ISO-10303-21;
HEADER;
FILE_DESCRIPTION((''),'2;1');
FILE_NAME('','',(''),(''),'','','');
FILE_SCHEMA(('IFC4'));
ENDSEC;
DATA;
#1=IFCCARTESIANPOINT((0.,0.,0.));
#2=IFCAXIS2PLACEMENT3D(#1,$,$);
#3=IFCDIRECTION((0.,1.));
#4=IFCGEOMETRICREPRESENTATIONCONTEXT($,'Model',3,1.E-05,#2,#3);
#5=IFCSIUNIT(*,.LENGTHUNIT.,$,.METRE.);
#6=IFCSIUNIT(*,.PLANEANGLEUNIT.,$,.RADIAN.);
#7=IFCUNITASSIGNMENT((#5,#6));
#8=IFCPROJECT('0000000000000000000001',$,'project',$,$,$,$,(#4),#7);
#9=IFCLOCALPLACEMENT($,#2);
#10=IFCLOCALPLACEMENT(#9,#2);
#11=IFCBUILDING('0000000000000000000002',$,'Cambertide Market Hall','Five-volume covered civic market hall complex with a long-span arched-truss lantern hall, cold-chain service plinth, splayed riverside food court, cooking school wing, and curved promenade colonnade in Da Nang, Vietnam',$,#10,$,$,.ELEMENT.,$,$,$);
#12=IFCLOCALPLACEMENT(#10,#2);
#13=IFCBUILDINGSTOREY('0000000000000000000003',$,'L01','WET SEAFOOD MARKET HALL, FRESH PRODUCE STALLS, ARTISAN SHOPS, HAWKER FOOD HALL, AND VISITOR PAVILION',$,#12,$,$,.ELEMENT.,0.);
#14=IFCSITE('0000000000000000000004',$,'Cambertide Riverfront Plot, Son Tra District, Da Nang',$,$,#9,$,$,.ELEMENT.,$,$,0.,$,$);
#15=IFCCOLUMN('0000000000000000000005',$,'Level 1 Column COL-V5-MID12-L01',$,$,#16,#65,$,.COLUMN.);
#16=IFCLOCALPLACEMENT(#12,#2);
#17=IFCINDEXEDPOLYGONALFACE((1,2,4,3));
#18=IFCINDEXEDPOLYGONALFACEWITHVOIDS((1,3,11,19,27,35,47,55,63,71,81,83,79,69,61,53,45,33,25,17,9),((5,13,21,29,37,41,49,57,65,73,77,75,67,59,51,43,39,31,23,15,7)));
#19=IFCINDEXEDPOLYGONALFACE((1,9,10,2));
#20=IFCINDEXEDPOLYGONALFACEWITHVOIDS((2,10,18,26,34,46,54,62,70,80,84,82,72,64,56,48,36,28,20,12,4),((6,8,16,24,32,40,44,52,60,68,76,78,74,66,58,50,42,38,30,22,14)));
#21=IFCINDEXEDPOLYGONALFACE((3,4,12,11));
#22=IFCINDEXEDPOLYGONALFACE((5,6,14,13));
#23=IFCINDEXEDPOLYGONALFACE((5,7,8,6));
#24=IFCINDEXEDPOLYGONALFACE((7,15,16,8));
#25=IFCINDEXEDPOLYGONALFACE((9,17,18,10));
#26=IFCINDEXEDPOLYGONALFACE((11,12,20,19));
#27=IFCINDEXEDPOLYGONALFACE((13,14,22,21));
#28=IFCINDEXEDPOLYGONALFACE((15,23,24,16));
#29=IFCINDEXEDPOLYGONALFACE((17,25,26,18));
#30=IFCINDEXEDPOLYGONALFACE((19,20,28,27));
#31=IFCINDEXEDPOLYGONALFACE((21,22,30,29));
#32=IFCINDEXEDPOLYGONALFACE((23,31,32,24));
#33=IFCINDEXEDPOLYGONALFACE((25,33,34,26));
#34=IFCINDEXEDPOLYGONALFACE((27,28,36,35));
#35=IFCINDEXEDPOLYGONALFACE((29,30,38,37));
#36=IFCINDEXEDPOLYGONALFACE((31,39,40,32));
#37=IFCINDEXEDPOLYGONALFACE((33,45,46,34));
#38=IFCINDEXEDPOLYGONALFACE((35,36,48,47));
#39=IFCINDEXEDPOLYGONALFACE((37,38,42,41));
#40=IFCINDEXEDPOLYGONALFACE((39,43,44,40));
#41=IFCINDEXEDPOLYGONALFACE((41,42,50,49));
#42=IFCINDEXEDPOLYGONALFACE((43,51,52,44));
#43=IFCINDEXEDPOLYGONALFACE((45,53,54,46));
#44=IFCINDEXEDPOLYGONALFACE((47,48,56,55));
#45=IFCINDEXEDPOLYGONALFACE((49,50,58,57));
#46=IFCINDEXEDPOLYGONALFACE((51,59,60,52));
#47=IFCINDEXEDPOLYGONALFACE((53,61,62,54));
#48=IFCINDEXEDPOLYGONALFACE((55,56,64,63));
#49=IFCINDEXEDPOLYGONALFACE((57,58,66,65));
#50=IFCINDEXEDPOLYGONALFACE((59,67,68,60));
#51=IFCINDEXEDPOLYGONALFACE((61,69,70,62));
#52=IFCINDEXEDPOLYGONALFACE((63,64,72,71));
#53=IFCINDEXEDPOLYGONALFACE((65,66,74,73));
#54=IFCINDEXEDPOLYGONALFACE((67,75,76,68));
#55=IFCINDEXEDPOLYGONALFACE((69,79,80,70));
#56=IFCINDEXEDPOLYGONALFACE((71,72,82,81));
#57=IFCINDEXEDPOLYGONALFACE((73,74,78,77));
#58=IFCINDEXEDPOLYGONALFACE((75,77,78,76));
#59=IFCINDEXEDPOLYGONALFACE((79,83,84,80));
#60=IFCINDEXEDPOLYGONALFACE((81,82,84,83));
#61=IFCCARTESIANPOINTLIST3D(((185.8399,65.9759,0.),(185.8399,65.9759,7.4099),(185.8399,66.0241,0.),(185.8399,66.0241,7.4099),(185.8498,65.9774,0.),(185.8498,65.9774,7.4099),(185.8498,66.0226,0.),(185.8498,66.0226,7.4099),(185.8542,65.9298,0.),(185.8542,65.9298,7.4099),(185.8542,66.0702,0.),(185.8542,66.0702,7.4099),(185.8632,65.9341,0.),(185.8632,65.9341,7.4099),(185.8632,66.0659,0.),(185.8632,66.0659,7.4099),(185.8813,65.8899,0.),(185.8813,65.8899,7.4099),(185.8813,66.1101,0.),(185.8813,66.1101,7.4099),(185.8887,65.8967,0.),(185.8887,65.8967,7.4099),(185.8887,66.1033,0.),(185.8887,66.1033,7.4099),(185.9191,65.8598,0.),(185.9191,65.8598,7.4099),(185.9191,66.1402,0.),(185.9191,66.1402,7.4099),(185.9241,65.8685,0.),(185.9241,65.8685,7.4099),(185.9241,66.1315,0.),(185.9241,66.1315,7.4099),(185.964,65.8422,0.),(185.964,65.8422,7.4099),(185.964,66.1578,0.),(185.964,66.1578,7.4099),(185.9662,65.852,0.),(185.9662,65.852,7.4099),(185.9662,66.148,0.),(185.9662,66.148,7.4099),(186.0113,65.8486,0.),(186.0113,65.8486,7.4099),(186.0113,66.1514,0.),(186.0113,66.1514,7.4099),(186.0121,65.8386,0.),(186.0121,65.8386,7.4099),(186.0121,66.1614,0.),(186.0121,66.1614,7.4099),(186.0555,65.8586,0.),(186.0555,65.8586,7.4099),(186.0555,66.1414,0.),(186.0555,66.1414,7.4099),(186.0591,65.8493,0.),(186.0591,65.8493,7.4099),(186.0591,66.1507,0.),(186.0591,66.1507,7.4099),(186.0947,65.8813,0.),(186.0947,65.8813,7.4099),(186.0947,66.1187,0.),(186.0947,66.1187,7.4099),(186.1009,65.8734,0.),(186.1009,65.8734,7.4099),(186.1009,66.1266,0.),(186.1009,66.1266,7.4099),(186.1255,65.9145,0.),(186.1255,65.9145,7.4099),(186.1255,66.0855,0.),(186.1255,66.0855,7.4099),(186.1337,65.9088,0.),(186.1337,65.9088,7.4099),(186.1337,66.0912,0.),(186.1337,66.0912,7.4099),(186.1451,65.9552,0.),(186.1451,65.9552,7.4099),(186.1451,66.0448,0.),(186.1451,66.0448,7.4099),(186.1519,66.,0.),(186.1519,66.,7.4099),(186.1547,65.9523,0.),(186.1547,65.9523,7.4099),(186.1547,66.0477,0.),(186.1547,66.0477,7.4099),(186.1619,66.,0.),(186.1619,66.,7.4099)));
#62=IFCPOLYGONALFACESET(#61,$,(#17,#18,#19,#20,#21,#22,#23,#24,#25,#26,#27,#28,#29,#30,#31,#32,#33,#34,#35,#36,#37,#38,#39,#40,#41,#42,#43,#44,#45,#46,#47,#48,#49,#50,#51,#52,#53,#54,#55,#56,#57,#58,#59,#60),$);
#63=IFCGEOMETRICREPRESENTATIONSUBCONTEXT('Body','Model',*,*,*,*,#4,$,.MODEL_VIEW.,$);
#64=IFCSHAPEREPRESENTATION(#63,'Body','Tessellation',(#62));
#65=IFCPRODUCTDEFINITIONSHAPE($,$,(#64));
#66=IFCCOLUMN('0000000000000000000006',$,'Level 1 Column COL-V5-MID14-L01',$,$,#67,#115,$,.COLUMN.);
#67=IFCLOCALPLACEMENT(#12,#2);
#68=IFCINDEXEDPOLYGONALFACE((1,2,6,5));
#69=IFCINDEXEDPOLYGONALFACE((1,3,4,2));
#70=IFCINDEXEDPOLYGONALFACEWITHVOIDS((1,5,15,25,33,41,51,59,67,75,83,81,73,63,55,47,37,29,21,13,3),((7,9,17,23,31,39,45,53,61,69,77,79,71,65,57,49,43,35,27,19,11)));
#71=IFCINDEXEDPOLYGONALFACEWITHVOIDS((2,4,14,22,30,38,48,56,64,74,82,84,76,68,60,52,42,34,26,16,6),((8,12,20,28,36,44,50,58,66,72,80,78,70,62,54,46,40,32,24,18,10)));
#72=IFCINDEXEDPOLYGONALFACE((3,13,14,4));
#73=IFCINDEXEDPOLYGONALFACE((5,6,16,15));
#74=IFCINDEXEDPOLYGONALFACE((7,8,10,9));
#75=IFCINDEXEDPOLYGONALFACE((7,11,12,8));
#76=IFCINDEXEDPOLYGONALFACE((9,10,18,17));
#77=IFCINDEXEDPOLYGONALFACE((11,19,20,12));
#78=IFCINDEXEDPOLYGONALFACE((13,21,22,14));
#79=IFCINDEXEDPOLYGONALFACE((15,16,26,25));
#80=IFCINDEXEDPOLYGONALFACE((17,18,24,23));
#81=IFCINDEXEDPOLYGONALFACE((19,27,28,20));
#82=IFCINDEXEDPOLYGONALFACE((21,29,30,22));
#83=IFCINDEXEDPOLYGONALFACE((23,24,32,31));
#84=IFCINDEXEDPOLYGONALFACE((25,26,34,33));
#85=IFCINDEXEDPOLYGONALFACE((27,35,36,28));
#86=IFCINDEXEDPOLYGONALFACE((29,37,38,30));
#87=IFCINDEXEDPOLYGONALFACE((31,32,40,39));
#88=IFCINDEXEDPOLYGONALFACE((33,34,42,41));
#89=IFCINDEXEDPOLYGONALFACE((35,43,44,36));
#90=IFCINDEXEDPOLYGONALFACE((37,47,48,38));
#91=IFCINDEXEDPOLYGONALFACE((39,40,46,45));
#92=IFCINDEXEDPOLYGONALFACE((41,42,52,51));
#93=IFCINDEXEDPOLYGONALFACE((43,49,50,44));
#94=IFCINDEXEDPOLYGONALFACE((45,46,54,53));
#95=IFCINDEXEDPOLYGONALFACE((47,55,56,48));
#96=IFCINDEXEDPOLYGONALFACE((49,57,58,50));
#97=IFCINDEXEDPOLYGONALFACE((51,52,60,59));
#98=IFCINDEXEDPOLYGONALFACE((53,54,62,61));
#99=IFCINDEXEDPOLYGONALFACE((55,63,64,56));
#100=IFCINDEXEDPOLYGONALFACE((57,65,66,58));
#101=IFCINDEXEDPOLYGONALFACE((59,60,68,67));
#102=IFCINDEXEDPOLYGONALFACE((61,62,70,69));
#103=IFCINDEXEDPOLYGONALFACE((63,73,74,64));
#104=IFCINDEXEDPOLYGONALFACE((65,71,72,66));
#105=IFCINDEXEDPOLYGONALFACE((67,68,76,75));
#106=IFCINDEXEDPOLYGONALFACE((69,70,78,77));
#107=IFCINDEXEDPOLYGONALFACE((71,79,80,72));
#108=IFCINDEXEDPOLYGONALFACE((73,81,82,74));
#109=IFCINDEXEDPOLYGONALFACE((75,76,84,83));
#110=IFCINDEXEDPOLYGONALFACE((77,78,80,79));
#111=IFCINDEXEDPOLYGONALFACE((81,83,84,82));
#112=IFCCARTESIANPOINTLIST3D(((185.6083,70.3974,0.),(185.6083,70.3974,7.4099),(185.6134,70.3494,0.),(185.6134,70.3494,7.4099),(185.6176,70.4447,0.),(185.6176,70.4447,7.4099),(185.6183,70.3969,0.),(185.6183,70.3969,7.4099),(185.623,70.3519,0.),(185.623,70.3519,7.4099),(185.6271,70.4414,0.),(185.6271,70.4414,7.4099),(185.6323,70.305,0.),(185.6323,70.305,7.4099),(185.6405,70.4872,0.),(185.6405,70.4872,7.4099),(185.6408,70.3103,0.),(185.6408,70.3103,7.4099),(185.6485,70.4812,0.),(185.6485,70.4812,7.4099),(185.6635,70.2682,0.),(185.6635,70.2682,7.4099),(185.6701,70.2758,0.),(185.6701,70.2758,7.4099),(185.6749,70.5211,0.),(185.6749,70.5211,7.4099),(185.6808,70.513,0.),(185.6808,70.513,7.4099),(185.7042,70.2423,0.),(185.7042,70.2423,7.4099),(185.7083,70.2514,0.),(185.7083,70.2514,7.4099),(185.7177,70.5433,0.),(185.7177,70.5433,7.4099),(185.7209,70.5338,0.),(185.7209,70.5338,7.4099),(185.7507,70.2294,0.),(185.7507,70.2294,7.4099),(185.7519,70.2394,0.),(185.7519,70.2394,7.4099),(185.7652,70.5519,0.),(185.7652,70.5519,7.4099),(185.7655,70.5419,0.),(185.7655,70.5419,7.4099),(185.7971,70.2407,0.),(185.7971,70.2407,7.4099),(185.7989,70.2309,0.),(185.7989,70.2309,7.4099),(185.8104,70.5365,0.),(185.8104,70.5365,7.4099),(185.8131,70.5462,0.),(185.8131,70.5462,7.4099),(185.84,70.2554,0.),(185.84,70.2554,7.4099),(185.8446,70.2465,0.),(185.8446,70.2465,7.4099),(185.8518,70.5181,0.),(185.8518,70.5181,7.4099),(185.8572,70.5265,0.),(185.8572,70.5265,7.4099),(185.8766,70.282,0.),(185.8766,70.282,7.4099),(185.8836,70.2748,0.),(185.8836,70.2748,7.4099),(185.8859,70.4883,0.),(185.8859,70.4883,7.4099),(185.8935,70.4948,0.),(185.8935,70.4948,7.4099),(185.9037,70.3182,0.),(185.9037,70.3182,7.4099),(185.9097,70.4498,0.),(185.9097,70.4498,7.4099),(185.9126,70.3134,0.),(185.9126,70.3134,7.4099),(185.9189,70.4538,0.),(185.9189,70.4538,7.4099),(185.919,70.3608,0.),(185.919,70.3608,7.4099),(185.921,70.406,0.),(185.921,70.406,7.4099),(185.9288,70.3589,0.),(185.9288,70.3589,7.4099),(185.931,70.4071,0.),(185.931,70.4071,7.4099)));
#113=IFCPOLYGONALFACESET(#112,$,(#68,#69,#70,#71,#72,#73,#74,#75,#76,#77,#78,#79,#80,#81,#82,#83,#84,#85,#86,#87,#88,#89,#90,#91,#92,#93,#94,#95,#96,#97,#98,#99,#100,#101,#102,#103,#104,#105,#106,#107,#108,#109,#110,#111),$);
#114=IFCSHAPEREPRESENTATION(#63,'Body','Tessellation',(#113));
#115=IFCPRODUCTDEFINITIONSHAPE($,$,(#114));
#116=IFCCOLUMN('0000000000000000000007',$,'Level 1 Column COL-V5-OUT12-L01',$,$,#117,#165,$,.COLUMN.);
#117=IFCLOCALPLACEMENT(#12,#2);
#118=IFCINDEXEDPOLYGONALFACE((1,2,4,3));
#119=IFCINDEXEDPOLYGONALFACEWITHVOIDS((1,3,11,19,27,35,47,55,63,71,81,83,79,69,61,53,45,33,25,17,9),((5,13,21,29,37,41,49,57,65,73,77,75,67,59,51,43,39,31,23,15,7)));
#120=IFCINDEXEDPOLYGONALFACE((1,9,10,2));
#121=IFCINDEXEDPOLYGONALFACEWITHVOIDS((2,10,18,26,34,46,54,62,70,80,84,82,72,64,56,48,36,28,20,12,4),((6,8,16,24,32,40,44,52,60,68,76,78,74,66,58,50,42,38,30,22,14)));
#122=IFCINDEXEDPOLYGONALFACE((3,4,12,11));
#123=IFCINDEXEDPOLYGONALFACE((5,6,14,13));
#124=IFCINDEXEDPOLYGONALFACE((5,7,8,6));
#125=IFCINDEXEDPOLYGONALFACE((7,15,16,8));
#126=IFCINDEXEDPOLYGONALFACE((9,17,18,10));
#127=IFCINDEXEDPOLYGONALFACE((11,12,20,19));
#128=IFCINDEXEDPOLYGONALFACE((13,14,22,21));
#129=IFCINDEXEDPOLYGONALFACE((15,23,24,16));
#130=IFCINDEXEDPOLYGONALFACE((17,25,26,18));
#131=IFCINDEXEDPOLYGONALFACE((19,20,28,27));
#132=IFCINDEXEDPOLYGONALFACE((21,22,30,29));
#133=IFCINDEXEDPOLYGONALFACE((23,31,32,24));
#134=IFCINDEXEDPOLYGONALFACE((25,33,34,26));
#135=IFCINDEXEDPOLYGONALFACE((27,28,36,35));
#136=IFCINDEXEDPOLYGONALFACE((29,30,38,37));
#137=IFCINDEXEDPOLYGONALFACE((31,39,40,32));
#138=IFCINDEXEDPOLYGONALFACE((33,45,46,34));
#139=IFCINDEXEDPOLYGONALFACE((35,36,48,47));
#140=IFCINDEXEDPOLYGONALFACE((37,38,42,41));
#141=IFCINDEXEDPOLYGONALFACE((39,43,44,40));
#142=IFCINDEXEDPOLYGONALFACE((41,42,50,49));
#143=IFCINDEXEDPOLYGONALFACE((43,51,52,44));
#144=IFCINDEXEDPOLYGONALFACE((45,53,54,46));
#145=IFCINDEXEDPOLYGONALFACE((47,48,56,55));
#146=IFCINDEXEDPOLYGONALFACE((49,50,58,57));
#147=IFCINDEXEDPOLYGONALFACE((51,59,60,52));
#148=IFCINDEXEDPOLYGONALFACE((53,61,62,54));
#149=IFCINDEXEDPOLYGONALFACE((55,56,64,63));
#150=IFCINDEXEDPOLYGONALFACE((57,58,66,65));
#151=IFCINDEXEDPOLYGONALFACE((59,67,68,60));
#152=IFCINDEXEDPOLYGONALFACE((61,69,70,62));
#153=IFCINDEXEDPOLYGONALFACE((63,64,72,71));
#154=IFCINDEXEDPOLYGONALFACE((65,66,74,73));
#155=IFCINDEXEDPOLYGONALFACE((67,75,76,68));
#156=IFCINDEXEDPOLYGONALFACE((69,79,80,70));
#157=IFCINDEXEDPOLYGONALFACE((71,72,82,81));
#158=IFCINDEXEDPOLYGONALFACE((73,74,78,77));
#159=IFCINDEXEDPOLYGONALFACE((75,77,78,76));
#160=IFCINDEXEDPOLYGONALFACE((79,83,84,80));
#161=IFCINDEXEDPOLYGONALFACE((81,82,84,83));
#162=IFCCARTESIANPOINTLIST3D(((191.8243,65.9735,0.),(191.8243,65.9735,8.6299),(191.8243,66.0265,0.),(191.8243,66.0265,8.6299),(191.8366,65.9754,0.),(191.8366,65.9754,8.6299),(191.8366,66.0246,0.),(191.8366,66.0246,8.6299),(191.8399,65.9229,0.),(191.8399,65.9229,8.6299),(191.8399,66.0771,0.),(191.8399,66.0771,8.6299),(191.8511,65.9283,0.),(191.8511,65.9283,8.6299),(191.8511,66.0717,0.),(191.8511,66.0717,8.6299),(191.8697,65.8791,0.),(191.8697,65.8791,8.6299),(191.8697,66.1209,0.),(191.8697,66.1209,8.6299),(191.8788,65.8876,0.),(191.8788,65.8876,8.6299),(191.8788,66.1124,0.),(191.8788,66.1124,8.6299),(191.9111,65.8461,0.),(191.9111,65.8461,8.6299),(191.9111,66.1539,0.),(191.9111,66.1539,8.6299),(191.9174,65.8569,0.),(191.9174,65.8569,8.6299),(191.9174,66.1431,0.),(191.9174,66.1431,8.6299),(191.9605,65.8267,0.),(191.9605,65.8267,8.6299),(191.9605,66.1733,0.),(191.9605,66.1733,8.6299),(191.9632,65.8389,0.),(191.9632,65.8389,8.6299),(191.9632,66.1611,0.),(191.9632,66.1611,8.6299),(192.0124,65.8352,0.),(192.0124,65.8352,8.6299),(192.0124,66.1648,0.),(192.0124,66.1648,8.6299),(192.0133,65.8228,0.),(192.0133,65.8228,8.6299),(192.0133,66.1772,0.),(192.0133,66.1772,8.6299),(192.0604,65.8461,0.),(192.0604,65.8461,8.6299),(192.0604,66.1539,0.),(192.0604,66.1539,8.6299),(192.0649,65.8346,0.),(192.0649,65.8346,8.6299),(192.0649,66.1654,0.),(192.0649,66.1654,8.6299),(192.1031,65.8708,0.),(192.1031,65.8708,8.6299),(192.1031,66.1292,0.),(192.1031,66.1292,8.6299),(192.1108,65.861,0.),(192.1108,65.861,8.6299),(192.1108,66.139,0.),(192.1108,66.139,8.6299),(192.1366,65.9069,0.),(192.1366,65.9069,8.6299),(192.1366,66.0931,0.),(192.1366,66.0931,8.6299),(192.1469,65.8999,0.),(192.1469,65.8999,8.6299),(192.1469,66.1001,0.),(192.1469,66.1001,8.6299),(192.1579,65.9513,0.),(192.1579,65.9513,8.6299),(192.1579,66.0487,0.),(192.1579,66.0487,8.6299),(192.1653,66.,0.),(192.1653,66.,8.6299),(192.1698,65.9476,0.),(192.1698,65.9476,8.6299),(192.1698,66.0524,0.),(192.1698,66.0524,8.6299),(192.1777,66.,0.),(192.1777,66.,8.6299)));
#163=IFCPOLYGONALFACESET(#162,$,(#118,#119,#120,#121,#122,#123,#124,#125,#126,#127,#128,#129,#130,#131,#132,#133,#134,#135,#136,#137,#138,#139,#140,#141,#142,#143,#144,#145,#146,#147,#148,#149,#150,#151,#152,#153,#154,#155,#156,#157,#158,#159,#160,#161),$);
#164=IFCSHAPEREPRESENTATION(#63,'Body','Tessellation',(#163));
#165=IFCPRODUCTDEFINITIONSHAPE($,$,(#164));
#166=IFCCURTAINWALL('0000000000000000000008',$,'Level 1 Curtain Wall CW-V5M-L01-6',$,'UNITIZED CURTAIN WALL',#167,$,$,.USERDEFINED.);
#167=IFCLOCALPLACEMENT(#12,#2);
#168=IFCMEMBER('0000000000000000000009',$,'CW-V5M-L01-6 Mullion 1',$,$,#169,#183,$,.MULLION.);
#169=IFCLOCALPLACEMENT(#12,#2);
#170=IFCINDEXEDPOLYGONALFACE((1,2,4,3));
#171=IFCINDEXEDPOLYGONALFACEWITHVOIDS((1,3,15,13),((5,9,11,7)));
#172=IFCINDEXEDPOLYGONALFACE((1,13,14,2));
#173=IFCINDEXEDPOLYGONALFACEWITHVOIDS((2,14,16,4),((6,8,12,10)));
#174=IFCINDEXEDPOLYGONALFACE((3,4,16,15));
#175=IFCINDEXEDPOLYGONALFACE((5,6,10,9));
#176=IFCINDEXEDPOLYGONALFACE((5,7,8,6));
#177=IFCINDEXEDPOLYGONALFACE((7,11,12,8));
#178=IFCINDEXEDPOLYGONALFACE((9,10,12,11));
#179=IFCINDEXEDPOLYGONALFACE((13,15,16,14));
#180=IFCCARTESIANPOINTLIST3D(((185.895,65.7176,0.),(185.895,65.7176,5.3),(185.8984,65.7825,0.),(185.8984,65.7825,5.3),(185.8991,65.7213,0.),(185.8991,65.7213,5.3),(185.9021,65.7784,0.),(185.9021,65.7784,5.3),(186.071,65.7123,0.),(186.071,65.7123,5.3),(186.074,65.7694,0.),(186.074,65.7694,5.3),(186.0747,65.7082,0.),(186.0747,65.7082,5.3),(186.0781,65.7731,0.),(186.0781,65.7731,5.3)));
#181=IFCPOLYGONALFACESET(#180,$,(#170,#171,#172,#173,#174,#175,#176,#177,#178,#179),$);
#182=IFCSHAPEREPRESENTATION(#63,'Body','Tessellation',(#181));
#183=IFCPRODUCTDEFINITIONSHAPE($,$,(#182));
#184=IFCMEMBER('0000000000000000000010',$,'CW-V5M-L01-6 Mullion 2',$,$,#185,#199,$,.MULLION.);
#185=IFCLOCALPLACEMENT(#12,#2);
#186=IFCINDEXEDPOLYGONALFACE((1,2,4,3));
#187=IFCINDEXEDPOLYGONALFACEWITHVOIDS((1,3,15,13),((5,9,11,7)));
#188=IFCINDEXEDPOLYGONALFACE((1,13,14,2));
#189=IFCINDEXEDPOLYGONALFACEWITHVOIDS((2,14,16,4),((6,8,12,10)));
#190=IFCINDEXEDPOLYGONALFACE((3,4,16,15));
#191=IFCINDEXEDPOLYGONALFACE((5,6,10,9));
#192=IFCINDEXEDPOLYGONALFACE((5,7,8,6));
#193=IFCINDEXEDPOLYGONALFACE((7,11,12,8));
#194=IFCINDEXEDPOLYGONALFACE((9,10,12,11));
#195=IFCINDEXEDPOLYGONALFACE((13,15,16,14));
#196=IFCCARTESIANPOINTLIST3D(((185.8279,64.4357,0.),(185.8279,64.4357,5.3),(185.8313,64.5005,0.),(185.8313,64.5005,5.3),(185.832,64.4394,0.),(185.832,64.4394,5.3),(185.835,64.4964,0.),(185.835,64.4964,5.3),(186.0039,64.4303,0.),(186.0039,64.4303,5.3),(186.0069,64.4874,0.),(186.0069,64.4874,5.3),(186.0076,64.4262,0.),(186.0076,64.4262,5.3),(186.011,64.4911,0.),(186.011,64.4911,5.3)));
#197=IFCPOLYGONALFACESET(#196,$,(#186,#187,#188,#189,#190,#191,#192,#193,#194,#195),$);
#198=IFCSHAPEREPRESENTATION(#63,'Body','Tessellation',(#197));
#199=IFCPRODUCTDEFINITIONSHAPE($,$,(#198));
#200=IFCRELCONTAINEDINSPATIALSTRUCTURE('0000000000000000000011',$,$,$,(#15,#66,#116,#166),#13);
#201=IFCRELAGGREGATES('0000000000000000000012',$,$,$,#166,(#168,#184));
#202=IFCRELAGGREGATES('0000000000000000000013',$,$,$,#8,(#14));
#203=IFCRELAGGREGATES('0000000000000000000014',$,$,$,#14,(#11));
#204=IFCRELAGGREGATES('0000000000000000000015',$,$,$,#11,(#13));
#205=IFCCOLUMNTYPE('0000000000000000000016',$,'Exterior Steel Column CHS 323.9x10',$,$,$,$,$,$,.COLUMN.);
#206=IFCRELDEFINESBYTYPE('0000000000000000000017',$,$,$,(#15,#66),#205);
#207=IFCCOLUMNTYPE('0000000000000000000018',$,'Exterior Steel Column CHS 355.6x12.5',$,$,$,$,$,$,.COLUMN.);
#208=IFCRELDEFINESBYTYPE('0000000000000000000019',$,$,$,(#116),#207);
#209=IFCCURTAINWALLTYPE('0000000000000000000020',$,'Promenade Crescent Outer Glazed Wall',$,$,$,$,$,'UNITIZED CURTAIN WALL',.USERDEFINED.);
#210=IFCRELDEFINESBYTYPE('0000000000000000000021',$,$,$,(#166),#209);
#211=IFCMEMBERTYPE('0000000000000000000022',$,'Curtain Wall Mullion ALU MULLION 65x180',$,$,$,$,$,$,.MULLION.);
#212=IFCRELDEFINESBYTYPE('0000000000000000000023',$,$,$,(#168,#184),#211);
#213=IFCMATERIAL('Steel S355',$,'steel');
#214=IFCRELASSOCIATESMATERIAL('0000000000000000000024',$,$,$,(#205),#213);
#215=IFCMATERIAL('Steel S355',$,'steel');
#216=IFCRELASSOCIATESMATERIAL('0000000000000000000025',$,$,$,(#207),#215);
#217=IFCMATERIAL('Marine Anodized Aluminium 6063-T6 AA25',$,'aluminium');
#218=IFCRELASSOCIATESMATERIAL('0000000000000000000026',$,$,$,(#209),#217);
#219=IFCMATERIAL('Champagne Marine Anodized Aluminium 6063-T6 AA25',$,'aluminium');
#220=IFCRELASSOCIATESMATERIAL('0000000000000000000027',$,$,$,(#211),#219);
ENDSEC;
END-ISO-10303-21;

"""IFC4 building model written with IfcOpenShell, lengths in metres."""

from ifc_helpers import new_model, si_unit, direction, frame, origin, origin_2d, place, context, subcontext, project, spatial, hollow_rectangle, hollow_circle, extrude, material, material_profile, profile_set, type_object, element, aggregate, save


model = new_model("IFC4")

# Units and contexts
model_context = context("Model", 3, precision=1e-05, world=origin(), true_north=direction((0.0, 1.0)))
body_context = subcontext(model_context, "Body", "Model", "MODEL_VIEW")
ifc_project = project(units=[si_unit("LENGTHUNIT", "METRE"), si_unit("PLANEANGLEUNIT", "RADIAN")], contexts=[model_context])

# Site, building, storey
site_placement = place(None, origin())
site = spatial("IfcSite", under=ifc_project, at=site_placement, Name="Cambertide Riverfront Plot, Son Tra District, Da Nang", CompositionType="ELEMENT", RefElevation=0.0)
building_placement = place(site_placement, origin())
building = spatial("IfcBuilding", under=site, at=building_placement, Name="Cambertide Market Hall", Description="Five-volume covered civic market hall complex with a long-span arched-truss lantern hall, cold-chain service plinth, splayed riverside food court, cooking school wing, and curved promenade colonnade in Da Nang, Vietnam", CompositionType="ELEMENT")
storey_placement = place(building_placement, origin())
storey = spatial("IfcBuildingStorey", under=building, at=storey_placement, Name="L01", Description="WET SEAFOOD MARKET HALL, FRESH PRODUCE STALLS, ARTISAN SHOPS, HAWKER FOOD HALL, AND VISITOR PAVILION", CompositionType="ELEMENT", Elevation=0.0)

# Columns
ifc_material_1 = material(Name="Steel S355", Category="steel")
ifc_material_profile_1 = material_profile(ifc_material_1, hollow_circle(Radius=0.1619, WallThickness=0.01, at=origin_2d()), Name="CHS 323.9x10")
ifc_profile_set_1 = profile_set([ifc_material_profile_1], Name="Steel S355")
column_type_1 = type_object("IfcColumnType", Name="Exterior Steel Column CHS 323.9x10", PredefinedType="COLUMN", material=ifc_profile_set_1)
for number, where, z_axis, x_axis, name in (
    (1, (186.0, 66.0, 0.0), (0.0, 0.0, 1.0), (1.0, 0.0, 0.0), "Level 1 Column COL-V5-MID12-L01"),
    (2, (185.77, 70.3901, 0.0), (0.0, 0.0, 1.0), (0.994522, 0.104528, 0.0), "Level 1 Column COL-V5-MID14-L01"),
):
    element("IfcColumn", number, at=place(storey_placement, frame(where, z_axis=z_axis, x_axis=x_axis)), inside=storey, type_object=column_type_1, Name=name, PredefinedType="COLUMN", context=body_context, shape_type="SweptSolid", body=[
        extrude(hollow_circle(Radius=0.1619, WallThickness=0.01, at=origin_2d()), origin(), (0.0, 0.0, 1.0), 7.4099),
    ])
ifc_material_2 = material(Name="Steel S355", Category="steel")
ifc_material_profile_2 = material_profile(ifc_material_2, hollow_circle(Radius=0.1777, WallThickness=0.0125, at=origin_2d()), Name="CHS 355.6x12.5")
ifc_profile_set_2 = profile_set([ifc_material_profile_2], Name="Steel S355")
column_type_2 = type_object("IfcColumnType", Name="Exterior Steel Column CHS 355.6x12.5", PredefinedType="COLUMN", material=ifc_profile_set_2)
column_placement = place(storey_placement, frame((192.0, 66.0, 0.0), z_axis=(0.0, 0.0, 1.0), x_axis=(1.0, 0.0, 0.0)))
element("IfcColumn", 3, at=column_placement, inside=storey, type_object=column_type_2, Name="Level 1 Column COL-V5-OUT12-L01", PredefinedType="COLUMN", context=body_context, shape_type="SweptSolid", body=[
    extrude(hollow_circle(Radius=0.1777, WallThickness=0.0125, at=origin_2d()), origin(), (0.0, 0.0, 1.0), 8.6299),
])

# Curtain wall, members
ifc_material_3 = material(Name="Marine Anodized Aluminium 6063-T6 AA25", Category="aluminium")
curtain_wall_type = type_object("IfcCurtainWallType", Name="Promenade Crescent Outer Glazed Wall", ElementType="UNITIZED CURTAIN WALL", PredefinedType="USERDEFINED", material=ifc_material_3)
curtain_wall_placement = place(storey_placement, origin())
curtain_wall = element("IfcCurtainWall", 4, at=curtain_wall_placement, inside=storey, type_object=curtain_wall_type, Name="Level 1 Curtain Wall CW-V5M-L01-6", ObjectType="UNITIZED CURTAIN WALL", PredefinedType="USERDEFINED")
ifc_material_4 = material(Name="Champagne Marine Anodized Aluminium 6063-T6 AA25", Category="aluminium")
ifc_material_profile_3 = material_profile(ifc_material_4, hollow_rectangle(XDim=0.0649, YDim=0.1799, WallThickness=0.0039, at=origin_2d()), Name="ALU MULLION 65x180")
ifc_profile_set_3 = profile_set([ifc_material_profile_3], Name="Champagne Marine Anodized Aluminium 6063-T6 AA25")
member_type_1 = type_object("IfcMemberType", Name="Curtain Wall Mullion ALU MULLION 65x180", PredefinedType="MULLION", material=ifc_profile_set_3)
member_1_placement = place(storey_placement, frame((185.9866, 65.7454, 0.0), z_axis=(0.0, 0.0, 1.0), x_axis=(-0.052336, -0.99863, 0.0)))
member_1 = element("IfcMember", 5, at=member_1_placement, type_object=member_type_1, Name="CW-V5M-L01-6 Mullion 1", PredefinedType="MULLION", context=body_context, shape_type="SweptSolid", body=[
    extrude(hollow_rectangle(XDim=0.0649, YDim=0.1799, WallThickness=0.0039, at=origin_2d()), origin(), (0.0, 0.0, 1.0), 5.3),
])
member_2_placement = place(storey_placement, frame((185.9194, 64.4634, 0.0), z_axis=(0.0, 0.0, 1.0), x_axis=(-0.052336, -0.99863, 0.0)))
member_2 = element("IfcMember", 6, at=member_2_placement, type_object=member_type_1, Name="CW-V5M-L01-6 Mullion 2", PredefinedType="MULLION", context=body_context, shape_type="SweptSolid", body=[
    extrude(hollow_rectangle(XDim=0.0649, YDim=0.1799, WallThickness=0.0039, at=origin_2d()), origin(), (0.0, 0.0, 1.0), 5.3),
])

aggregate(curtain_wall, [member_1, member_2])

save(model, "model.ifc")
